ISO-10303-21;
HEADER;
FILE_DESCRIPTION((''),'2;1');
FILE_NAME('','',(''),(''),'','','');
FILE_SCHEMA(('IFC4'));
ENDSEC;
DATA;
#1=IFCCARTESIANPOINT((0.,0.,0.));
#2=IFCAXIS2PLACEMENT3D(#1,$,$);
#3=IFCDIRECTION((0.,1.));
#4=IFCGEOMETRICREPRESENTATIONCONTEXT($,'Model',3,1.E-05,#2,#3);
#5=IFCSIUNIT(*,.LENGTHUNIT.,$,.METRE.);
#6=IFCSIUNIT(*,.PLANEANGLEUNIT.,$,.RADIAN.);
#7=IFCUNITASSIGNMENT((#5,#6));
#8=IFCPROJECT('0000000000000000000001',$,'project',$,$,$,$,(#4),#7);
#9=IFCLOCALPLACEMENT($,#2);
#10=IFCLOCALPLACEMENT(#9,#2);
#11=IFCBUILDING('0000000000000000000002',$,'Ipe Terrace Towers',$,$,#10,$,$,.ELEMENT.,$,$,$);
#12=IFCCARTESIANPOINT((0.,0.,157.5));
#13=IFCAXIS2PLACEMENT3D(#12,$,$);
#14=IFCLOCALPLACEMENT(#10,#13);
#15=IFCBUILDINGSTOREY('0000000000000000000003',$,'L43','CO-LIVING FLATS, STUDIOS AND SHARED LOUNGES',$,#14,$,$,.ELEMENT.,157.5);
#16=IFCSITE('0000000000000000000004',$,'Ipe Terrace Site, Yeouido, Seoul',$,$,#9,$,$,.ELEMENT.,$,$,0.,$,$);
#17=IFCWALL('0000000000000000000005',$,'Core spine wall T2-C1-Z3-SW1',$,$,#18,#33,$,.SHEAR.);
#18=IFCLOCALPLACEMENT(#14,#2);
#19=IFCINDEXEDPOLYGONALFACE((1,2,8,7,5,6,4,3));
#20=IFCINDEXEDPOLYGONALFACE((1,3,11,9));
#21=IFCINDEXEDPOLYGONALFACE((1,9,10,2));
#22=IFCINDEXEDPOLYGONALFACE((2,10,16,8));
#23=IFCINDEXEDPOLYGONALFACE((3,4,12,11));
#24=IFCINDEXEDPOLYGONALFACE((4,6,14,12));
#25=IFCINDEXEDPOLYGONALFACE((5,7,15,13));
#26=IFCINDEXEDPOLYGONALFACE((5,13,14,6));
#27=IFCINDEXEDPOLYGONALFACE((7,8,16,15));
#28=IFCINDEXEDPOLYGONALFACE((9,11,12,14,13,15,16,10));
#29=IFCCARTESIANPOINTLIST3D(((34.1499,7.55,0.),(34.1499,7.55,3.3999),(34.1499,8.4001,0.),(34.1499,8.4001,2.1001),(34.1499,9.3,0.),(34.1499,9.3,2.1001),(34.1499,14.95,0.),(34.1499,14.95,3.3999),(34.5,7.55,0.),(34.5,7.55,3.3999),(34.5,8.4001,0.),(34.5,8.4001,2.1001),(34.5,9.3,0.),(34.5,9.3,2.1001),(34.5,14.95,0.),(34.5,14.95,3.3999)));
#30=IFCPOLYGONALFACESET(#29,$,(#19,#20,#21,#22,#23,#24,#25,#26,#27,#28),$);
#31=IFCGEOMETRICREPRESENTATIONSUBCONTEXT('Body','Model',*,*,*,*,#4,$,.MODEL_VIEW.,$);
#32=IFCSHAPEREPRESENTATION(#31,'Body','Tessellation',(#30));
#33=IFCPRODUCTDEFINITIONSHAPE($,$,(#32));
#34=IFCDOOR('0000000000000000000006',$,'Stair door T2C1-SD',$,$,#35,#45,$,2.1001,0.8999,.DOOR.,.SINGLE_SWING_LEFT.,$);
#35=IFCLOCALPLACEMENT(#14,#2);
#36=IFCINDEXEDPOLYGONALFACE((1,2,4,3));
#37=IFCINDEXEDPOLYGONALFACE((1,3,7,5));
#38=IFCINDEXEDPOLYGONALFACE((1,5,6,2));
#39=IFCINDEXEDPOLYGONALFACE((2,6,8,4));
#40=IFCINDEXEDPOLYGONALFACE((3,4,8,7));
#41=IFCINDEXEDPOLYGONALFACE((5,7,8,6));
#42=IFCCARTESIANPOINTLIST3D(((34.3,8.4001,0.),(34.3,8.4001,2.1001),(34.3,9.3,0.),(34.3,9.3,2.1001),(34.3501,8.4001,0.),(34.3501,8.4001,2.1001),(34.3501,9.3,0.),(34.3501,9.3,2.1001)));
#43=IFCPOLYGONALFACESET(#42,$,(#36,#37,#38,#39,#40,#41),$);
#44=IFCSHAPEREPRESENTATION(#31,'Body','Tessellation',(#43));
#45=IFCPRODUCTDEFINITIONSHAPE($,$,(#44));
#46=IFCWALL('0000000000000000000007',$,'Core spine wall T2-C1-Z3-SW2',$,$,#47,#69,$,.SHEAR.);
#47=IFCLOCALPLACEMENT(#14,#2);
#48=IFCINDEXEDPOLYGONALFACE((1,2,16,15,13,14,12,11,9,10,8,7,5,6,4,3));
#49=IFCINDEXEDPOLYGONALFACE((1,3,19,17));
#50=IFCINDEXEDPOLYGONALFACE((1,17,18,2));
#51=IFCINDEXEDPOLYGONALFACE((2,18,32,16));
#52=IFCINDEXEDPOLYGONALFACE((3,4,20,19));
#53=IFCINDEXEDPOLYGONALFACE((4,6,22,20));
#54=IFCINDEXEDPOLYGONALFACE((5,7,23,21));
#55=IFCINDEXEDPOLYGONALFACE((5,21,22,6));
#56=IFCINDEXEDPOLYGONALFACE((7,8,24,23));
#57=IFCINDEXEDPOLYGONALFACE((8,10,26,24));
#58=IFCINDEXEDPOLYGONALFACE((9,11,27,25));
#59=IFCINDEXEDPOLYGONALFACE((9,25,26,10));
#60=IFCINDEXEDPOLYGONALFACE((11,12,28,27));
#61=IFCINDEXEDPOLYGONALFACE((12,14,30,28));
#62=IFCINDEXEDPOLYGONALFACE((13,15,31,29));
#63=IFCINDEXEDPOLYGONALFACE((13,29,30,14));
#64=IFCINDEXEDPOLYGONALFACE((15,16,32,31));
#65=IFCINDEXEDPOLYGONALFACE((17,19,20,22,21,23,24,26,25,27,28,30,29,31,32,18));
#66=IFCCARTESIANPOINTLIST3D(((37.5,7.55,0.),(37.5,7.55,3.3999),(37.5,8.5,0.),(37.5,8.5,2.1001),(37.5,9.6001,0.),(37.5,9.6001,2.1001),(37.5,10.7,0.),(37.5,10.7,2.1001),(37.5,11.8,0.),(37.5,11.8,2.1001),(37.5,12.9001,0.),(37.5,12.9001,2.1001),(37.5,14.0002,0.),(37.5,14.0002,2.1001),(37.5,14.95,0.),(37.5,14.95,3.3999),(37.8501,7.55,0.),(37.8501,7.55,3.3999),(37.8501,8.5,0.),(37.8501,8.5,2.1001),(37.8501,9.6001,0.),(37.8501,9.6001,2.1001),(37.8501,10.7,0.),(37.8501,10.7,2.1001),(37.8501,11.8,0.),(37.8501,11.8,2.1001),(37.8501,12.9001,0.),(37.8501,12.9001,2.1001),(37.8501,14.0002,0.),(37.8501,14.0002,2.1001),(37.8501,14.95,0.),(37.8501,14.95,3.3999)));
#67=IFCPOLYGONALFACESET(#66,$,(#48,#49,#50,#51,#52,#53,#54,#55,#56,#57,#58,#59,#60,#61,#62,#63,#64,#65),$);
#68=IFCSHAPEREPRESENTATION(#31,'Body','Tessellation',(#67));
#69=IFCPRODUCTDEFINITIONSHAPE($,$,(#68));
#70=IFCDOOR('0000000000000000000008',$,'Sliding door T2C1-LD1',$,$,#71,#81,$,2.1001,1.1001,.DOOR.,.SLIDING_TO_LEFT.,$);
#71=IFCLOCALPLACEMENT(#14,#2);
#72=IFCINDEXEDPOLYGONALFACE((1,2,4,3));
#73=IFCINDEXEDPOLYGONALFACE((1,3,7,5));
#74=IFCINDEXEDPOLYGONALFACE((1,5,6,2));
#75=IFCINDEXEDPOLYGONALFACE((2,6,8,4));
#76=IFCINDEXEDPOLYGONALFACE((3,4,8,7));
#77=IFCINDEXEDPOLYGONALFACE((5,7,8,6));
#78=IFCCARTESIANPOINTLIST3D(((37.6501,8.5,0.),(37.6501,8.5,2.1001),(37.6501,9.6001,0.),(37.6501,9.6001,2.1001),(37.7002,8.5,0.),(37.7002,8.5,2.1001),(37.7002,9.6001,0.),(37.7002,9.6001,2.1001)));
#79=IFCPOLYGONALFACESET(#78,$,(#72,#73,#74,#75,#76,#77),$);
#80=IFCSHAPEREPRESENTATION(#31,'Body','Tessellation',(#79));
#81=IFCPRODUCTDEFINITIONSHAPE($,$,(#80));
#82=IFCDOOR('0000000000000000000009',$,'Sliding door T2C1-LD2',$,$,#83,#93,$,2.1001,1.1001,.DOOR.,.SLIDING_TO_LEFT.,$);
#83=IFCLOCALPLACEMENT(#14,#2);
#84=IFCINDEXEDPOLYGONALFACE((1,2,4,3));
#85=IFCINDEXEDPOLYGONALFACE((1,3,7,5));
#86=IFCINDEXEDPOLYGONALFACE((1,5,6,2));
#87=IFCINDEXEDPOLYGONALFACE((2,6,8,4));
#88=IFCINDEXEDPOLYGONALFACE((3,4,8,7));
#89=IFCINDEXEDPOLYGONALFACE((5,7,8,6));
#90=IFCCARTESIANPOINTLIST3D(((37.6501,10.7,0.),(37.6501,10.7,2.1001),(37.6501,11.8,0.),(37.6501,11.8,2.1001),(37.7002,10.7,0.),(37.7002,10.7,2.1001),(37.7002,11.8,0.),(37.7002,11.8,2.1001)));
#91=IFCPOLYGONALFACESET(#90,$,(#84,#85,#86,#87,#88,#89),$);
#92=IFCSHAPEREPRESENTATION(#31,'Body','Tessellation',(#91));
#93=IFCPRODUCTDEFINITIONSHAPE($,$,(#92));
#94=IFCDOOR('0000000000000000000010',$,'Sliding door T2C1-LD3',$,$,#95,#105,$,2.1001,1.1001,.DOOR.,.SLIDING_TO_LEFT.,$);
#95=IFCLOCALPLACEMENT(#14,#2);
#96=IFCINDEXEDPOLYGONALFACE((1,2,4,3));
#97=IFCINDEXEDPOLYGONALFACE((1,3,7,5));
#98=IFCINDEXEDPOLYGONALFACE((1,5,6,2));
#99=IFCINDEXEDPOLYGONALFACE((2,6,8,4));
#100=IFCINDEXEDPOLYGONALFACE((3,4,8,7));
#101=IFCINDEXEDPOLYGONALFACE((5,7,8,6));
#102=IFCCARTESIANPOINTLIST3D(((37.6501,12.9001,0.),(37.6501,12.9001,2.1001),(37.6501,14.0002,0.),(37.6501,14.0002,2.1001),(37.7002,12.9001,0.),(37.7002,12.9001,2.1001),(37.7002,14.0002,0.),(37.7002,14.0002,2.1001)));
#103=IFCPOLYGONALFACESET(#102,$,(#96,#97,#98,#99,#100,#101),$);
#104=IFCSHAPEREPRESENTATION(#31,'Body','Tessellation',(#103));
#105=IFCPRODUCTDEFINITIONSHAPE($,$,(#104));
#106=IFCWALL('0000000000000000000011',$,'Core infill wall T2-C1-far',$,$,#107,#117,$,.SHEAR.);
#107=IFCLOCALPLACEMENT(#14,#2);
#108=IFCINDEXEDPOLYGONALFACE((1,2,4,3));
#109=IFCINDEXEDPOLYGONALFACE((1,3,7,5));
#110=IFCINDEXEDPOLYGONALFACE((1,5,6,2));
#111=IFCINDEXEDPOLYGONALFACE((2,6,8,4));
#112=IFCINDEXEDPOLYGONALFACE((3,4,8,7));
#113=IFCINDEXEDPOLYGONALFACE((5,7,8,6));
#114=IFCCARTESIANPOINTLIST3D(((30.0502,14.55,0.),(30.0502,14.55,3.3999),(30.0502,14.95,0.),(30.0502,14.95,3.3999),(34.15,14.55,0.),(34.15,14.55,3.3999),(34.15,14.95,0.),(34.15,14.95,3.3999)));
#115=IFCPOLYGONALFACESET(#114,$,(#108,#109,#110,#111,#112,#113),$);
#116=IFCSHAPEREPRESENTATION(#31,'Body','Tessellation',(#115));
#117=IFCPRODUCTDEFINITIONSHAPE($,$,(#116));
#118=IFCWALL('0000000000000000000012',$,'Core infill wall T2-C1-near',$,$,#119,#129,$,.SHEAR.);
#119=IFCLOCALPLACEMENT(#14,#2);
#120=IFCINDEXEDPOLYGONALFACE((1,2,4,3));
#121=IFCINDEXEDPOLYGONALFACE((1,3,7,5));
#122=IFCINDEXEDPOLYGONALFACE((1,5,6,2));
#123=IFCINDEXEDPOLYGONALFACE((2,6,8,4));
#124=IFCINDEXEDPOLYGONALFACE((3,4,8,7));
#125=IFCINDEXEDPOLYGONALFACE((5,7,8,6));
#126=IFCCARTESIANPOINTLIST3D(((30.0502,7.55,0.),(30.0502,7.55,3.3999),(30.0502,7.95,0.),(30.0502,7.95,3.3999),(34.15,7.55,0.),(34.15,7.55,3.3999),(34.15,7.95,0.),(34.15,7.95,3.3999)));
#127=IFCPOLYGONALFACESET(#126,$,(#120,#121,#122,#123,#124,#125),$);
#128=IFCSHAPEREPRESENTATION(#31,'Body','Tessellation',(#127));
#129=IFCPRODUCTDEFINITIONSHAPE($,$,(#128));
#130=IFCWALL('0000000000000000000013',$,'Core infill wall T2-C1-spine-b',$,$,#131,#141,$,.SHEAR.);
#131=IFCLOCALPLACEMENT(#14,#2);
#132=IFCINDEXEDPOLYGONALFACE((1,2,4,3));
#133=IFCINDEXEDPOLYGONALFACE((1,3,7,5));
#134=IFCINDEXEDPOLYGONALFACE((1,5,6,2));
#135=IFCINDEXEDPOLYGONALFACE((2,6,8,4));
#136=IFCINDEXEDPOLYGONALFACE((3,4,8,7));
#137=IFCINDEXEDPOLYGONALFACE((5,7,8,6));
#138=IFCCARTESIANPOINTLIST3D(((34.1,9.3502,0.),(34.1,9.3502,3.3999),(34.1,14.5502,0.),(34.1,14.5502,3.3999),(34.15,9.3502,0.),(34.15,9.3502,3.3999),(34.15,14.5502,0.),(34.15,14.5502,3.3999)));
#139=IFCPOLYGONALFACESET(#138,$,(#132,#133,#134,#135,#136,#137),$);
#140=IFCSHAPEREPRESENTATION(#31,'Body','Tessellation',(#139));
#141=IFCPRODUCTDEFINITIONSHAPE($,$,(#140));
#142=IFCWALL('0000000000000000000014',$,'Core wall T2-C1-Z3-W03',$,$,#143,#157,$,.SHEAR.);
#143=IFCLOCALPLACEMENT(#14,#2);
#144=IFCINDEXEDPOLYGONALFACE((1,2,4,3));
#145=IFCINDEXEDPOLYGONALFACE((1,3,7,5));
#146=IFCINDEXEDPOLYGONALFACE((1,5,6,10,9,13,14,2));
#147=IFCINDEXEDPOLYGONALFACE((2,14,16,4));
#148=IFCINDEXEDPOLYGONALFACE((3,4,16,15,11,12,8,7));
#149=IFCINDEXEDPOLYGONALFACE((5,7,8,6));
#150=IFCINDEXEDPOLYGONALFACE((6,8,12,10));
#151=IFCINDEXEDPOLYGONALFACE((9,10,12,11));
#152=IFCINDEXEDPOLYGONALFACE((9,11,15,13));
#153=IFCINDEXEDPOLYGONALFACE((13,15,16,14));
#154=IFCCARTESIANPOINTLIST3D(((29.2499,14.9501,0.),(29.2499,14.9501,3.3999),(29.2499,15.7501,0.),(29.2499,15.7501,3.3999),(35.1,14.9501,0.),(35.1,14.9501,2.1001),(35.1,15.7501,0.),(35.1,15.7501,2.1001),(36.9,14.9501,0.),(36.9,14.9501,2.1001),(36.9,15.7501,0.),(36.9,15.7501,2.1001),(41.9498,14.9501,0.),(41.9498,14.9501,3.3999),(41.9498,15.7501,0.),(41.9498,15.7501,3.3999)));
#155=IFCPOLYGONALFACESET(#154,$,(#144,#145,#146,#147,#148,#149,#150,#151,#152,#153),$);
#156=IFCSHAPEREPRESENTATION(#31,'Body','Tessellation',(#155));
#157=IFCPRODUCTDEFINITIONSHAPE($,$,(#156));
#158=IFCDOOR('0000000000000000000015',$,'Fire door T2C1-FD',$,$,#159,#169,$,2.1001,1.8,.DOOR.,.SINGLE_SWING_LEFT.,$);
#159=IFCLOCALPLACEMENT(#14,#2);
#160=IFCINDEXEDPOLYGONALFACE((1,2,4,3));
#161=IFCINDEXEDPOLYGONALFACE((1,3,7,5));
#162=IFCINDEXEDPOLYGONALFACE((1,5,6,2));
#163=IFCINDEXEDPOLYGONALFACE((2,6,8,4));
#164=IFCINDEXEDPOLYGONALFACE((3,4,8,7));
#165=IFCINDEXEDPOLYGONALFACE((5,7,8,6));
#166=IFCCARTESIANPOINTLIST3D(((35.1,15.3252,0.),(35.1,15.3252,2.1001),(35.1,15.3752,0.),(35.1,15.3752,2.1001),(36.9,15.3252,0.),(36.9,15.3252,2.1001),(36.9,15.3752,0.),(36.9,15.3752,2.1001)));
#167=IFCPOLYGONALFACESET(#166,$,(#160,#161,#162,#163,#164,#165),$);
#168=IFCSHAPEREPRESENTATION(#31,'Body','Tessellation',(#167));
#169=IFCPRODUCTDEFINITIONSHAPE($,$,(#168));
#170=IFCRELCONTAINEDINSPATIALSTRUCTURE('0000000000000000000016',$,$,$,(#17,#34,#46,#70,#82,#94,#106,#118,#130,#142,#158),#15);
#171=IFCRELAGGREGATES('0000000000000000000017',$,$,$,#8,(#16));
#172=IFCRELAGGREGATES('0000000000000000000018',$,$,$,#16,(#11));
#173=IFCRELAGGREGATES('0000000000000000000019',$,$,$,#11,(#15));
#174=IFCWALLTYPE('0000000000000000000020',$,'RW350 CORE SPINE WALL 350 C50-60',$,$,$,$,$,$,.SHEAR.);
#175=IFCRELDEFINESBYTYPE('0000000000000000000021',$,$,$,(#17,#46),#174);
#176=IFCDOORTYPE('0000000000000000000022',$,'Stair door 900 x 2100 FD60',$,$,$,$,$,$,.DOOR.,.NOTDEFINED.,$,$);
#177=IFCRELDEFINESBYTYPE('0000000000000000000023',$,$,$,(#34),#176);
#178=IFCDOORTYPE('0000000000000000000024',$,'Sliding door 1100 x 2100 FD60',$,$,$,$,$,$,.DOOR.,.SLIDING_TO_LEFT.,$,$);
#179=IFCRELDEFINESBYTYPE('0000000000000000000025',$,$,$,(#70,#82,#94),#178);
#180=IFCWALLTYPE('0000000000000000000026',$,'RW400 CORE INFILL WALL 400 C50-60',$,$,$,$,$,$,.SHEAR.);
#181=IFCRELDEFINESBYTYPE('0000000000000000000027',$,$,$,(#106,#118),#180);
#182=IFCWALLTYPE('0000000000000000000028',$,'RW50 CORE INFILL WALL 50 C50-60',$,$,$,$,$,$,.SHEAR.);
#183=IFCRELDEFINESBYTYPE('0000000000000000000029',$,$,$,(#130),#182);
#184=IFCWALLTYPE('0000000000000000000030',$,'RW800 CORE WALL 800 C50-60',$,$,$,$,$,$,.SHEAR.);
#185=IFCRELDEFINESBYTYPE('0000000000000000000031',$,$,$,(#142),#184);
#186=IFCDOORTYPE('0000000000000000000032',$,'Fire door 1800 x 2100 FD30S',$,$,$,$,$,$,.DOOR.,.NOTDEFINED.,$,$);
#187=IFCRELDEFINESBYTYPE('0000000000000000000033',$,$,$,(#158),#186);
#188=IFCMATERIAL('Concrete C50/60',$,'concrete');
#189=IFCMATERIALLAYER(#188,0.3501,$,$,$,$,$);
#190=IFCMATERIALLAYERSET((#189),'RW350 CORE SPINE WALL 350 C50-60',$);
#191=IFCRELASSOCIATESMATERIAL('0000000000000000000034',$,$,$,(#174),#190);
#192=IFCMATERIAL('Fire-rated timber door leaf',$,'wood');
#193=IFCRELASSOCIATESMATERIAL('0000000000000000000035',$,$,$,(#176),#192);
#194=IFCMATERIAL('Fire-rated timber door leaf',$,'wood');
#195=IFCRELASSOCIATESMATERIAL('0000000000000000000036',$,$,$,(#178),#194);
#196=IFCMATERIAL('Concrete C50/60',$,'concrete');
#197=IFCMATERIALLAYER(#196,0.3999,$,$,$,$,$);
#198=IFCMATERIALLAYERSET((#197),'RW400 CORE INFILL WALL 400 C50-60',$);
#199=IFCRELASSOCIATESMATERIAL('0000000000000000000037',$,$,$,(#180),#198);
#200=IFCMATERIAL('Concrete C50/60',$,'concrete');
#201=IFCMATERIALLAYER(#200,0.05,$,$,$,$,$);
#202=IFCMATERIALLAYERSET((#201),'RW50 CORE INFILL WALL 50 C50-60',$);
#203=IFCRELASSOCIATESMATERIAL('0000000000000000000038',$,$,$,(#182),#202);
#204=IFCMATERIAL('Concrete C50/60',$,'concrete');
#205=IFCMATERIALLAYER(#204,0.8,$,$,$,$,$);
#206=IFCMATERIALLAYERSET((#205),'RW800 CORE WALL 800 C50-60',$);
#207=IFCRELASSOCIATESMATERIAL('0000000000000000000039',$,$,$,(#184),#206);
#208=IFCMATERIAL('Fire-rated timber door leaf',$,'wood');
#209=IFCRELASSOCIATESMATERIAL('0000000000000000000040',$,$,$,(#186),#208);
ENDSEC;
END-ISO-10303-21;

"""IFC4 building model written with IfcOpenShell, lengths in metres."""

from ifc_helpers import new_model, si_unit, direction, frame, frame_2d, origin, place, context, subcontext, project, spatial, rectangle, extrude, material, layer, layer_set, type_object, element, fill, save


model = new_model("IFC4")

# Units and contexts
model_context = context("Model", 3, precision=1e-05, world=origin(), true_north=direction((0.0, 1.0)))
body_context = subcontext(model_context, "Body", "Model", "MODEL_VIEW")
ifc_project = project(units=[si_unit("LENGTHUNIT", "METRE"), si_unit("PLANEANGLEUNIT", "RADIAN")], contexts=[model_context])

# Site, building, storey
site_placement = place(None, origin())
site = spatial("IfcSite", under=ifc_project, at=site_placement, Name="Ipe Terrace Site, Yeouido, Seoul", CompositionType="ELEMENT", RefElevation=0.0)
building_placement = place(site_placement, origin())
building = spatial("IfcBuilding", under=site, at=building_placement, Name="Ipe Terrace Towers", CompositionType="ELEMENT")
storey_placement = place(building_placement, frame((0.0, 0.0, 157.5)))
storey = spatial("IfcBuildingStorey", under=building, at=storey_placement, Name="L43", Description="CO-LIVING FLATS, STUDIOS AND SHARED LOUNGES", CompositionType="ELEMENT", Elevation=157.5)

# Wall, opening, door
ifc_material_1 = material(Name="Concrete C50/60", Category="concrete")
ifc_layer_1 = layer(ifc_material_1, 0.3501)
ifc_layer_set_1 = layer_set([ifc_layer_1], Name="RW350 CORE SPINE WALL 350 C50-60")
wall_type_1 = type_object("IfcWallType", Name="RW350 CORE SPINE WALL 350 C50-60", PredefinedType="SHEAR", material=ifc_layer_set_1)
wall_1_placement = place(storey_placement, frame((34.325, 7.55, 0.0), z_axis=(0.0, 0.0, 1.0), x_axis=(0.0, 1.0, 0.0)))
wall_1 = element("IfcWall", 1, at=wall_1_placement, inside=storey, type_object=wall_type_1, Name="Core spine wall T2-C1-Z3-SW1", PredefinedType="SHEAR", context=body_context, shape_type="SweptSolid", body=[
    extrude(rectangle(XDim=7.3999, YDim=0.3501, at=frame_2d((3.7, 0.0))), origin(), (0.0, 0.0, 1.0), 3.3999),
])
opening_1_placement = place(wall_1_placement, frame((0.8501, 0.0, 0.0)))
opening_1 = element("IfcOpeningElement", 2, at=opening_1_placement, cuts=wall_1, PredefinedType="OPENING", context=body_context, shape_type="SweptSolid", body=[
    extrude(rectangle(XDim=0.8999, YDim=2.1001, at=frame_2d((0.45, 1.05))), frame((0.0, 0.1851, 0.0), z_axis=(0.0, -1.0, 0.0), x_axis=(1.0, 0.0, 0.0)), (0.0, 0.0, 1.0), 0.3701),
])
ifc_material_2 = material(Name="Fire-rated timber door leaf", Category="wood")
door_type_1 = type_object("IfcDoorType", Name="Stair door 900 x 2100 FD60", OperationType="NOTDEFINED", PredefinedType="DOOR", material=ifc_material_2)
door_1_placement = place(opening_1_placement, origin())
door_1 = element("IfcDoor", 3, at=door_1_placement, inside=storey, type_object=door_type_1, Name="Stair door T2C1-SD", OperationType="SINGLE_SWING_LEFT", OverallHeight=2.1001, OverallWidth=0.8999, PredefinedType="DOOR", context=body_context, shape_type="SweptSolid", body=[
    extrude(rectangle(XDim=0.8999, YDim=2.1001, at=frame_2d((0.45, 1.05))), frame((0.0, 0.0249, 0.0), z_axis=(0.0, -1.0, 0.0), x_axis=(1.0, 0.0, 0.0)), (0.0, 0.0, 1.0), 0.05),
])
fill(opening_1, door_1)

# Wall, openings, doors
wall_2_placement = place(storey_placement, frame((37.675, 7.55, 0.0), z_axis=(0.0, 0.0, 1.0), x_axis=(0.0, 1.0, 0.0)))
wall_2 = element("IfcWall", 4, at=wall_2_placement, inside=storey, type_object=wall_type_1, Name="Core spine wall T2-C1-Z3-SW2", PredefinedType="SHEAR", context=body_context, shape_type="SweptSolid", body=[
    extrude(rectangle(XDim=7.3999, YDim=0.3501, at=frame_2d((3.7, 0.0))), origin(), (0.0, 0.0, 1.0), 3.3999),
])
opening_2_placement = place(wall_2_placement, frame((0.95, 0.0, 0.0)))
opening_2 = element("IfcOpeningElement", 5, at=opening_2_placement, cuts=wall_2, PredefinedType="OPENING", context=body_context, shape_type="SweptSolid", body=[
    extrude(rectangle(XDim=1.1001, YDim=2.1001, at=frame_2d((0.55, 1.05))), frame((0.0, 0.1851, 0.0), z_axis=(0.0, -1.0, 0.0), x_axis=(1.0, 0.0, 0.0)), (0.0, 0.0, 1.0), 0.3701),
])
opening_3_placement = place(wall_2_placement, frame((3.1499, 0.0, 0.0)))
opening_3 = element("IfcOpeningElement", 6, at=opening_3_placement, cuts=wall_2, PredefinedType="OPENING", context=body_context, shape_type="SweptSolid", body=[
    extrude(rectangle(XDim=1.1001, YDim=2.1001, at=frame_2d((0.55, 1.05))), frame((0.0, 0.1851, 0.0), z_axis=(0.0, -1.0, 0.0), x_axis=(1.0, 0.0, 0.0)), (0.0, 0.0, 1.0), 0.3701),
])
opening_4_placement = place(wall_2_placement, frame((5.3501, 0.0, 0.0)))
opening_4 = element("IfcOpeningElement", 7, at=opening_4_placement, cuts=wall_2, PredefinedType="OPENING", context=body_context, shape_type="SweptSolid", body=[
    extrude(rectangle(XDim=1.1001, YDim=2.1001, at=frame_2d((0.55, 1.05))), frame((0.0, 0.1851, 0.0), z_axis=(0.0, -1.0, 0.0), x_axis=(1.0, 0.0, 0.0)), (0.0, 0.0, 1.0), 0.3701),
])
ifc_material_3 = material(Name="Fire-rated timber door leaf", Category="wood")
door_type_2 = type_object("IfcDoorType", Name="Sliding door 1100 x 2100 FD60", OperationType="SLIDING_TO_LEFT", PredefinedType="DOOR", material=ifc_material_3)
door_2_placement = place(opening_2_placement, origin())
door_2 = element("IfcDoor", 8, at=door_2_placement, inside=storey, type_object=door_type_2, Name="Sliding door T2C1-LD1", OperationType="SLIDING_TO_LEFT", OverallHeight=2.1001, OverallWidth=1.1001, PredefinedType="DOOR", context=body_context, shape_type="SweptSolid", body=[
    extrude(rectangle(XDim=1.1001, YDim=2.1001, at=frame_2d((0.55, 1.05))), frame((0.0, 0.0249, 0.0), z_axis=(0.0, -1.0, 0.0), x_axis=(1.0, 0.0, 0.0)), (0.0, 0.0, 1.0), 0.05),
])
fill(opening_2, door_2)
door_3_placement = place(opening_3_placement, origin())
door_3 = element("IfcDoor", 9, at=door_3_placement, inside=storey, type_object=door_type_2, Name="Sliding door T2C1-LD2", OperationType="SLIDING_TO_LEFT", OverallHeight=2.1001, OverallWidth=1.1001, PredefinedType="DOOR", context=body_context, shape_type="SweptSolid", body=[
    extrude(rectangle(XDim=1.1001, YDim=2.1001, at=frame_2d((0.55, 1.05))), frame((0.0, 0.0249, 0.0), z_axis=(0.0, -1.0, 0.0), x_axis=(1.0, 0.0, 0.0)), (0.0, 0.0, 1.0), 0.05),
])
fill(opening_3, door_3)
door_4_placement = place(opening_4_placement, origin())
door_4 = element("IfcDoor", 10, at=door_4_placement, inside=storey, type_object=door_type_2, Name="Sliding door T2C1-LD3", OperationType="SLIDING_TO_LEFT", OverallHeight=2.1001, OverallWidth=1.1001, PredefinedType="DOOR", context=body_context, shape_type="SweptSolid", body=[
    extrude(rectangle(XDim=1.1001, YDim=2.1001, at=frame_2d((0.55, 1.05))), frame((0.0, 0.0249, 0.0), z_axis=(0.0, -1.0, 0.0), x_axis=(1.0, 0.0, 0.0)), (0.0, 0.0, 1.0), 0.05),
])
fill(opening_4, door_4)

# Walls
ifc_material_4 = material(Name="Concrete C50/60", Category="concrete")
ifc_layer_2 = layer(ifc_material_4, 0.3999)
ifc_layer_set_2 = layer_set([ifc_layer_2], Name="RW400 CORE INFILL WALL 400 C50-60")
wall_type_2 = type_object("IfcWallType", Name="RW400 CORE INFILL WALL 400 C50-60", PredefinedType="SHEAR", material=ifc_layer_set_2)
for number, where, z_axis, x_axis, name in (
    (11, (34.1499, 14.75, 0.0), (0.0, 0.0, 1.0), (-1.0, 0.0, 0.0), "Core infill wall T2-C1-far"),
    (12, (34.1499, 7.75, 0.0), (0.0, 0.0, 1.0), (-1.0, 0.0, 0.0), "Core infill wall T2-C1-near"),
):
    element("IfcWall", number, at=place(storey_placement, frame(where, z_axis=z_axis, x_axis=x_axis)), inside=storey, type_object=wall_type_2, Name=name, PredefinedType="SHEAR", context=body_context, shape_type="SweptSolid", body=[
        extrude(rectangle(XDim=4.0999, YDim=0.3999, at=frame_2d((2.0498, 0.0))), origin(), (0.0, 0.0, 1.0), 3.3999),
    ])
ifc_material_5 = material(Name="Concrete C50/60", Category="concrete")
ifc_layer_3 = layer(ifc_material_5, 0.05)
ifc_layer_set_3 = layer_set([ifc_layer_3], Name="RW50 CORE INFILL WALL 50 C50-60")
wall_type_3 = type_object("IfcWallType", Name="RW50 CORE INFILL WALL 50 C50-60", PredefinedType="SHEAR", material=ifc_layer_set_3)
wall_3_placement = place(storey_placement, frame((34.125, 9.3501, 0.0), z_axis=(0.0, 0.0, 1.0), x_axis=(0.0, 1.0, 0.0)))
element("IfcWall", 13, at=wall_3_placement, inside=storey, type_object=wall_type_3, Name="Core infill wall T2-C1-spine-b", PredefinedType="SHEAR", context=body_context, shape_type="SweptSolid", body=[
    extrude(rectangle(XDim=5.2, YDim=0.05, at=frame_2d((2.6001, 0.0))), origin(), (0.0, 0.0, 1.0), 3.3999),
])

# Wall, opening, door
ifc_material_6 = material(Name="Concrete C50/60", Category="concrete")
ifc_layer_4 = layer(ifc_material_6, 0.8)
ifc_layer_set_4 = layer_set([ifc_layer_4], Name="RW800 CORE WALL 800 C50-60")
wall_type_4 = type_object("IfcWallType", Name="RW800 CORE WALL 800 C50-60", PredefinedType="SHEAR", material=ifc_layer_set_4)
wall_4_placement = place(storey_placement, frame((41.95, 15.3501, 0.0), z_axis=(0.0, 0.0, 1.0), x_axis=(-1.0, 0.0, 0.0)))
wall_4 = element("IfcWall", 14, at=wall_4_placement, inside=storey, type_object=wall_type_4, Name="Core wall T2-C1-Z3-W03", PredefinedType="SHEAR", context=body_context, shape_type="SweptSolid", body=[
    extrude(rectangle(XDim=12.7, YDim=0.8, at=frame_2d((6.3501, 0.0))), origin(), (0.0, 0.0, 1.0), 3.3999),
])
opening_5_placement = place(wall_4_placement, frame((5.05, 0.0, 0.0)))
opening_5 = element("IfcOpeningElement", 15, at=opening_5_placement, cuts=wall_4, PredefinedType="OPENING", context=body_context, shape_type="SweptSolid", body=[
    extrude(rectangle(XDim=1.8, YDim=2.1001, at=frame_2d((0.8999, 1.05))), frame((0.0, 0.4102, 0.0), z_axis=(0.0, -1.0, 0.0), x_axis=(1.0, 0.0, 0.0)), (0.0, 0.0, 1.0), 0.8201),
])
ifc_material_7 = material(Name="Fire-rated timber door leaf", Category="wood")
door_type_3 = type_object("IfcDoorType", Name="Fire door 1800 x 2100 FD30S", OperationType="NOTDEFINED", PredefinedType="DOOR", material=ifc_material_7)
door_5_placement = place(opening_5_placement, origin())
door_5 = element("IfcDoor", 16, at=door_5_placement, inside=storey, type_object=door_type_3, Name="Fire door T2C1-FD", OperationType="SINGLE_SWING_LEFT", OverallHeight=2.1001, OverallWidth=1.8, PredefinedType="DOOR", context=body_context, shape_type="SweptSolid", body=[
    extrude(rectangle(XDim=1.8, YDim=2.1001, at=frame_2d((0.8999, 1.05))), frame((0.0, 0.0249, 0.0), z_axis=(0.0, -1.0, 0.0), x_axis=(1.0, 0.0, 0.0)), (0.0, 0.0, 1.0), 0.05),
])
fill(opening_5, door_5)

save(model, "model.ifc")
